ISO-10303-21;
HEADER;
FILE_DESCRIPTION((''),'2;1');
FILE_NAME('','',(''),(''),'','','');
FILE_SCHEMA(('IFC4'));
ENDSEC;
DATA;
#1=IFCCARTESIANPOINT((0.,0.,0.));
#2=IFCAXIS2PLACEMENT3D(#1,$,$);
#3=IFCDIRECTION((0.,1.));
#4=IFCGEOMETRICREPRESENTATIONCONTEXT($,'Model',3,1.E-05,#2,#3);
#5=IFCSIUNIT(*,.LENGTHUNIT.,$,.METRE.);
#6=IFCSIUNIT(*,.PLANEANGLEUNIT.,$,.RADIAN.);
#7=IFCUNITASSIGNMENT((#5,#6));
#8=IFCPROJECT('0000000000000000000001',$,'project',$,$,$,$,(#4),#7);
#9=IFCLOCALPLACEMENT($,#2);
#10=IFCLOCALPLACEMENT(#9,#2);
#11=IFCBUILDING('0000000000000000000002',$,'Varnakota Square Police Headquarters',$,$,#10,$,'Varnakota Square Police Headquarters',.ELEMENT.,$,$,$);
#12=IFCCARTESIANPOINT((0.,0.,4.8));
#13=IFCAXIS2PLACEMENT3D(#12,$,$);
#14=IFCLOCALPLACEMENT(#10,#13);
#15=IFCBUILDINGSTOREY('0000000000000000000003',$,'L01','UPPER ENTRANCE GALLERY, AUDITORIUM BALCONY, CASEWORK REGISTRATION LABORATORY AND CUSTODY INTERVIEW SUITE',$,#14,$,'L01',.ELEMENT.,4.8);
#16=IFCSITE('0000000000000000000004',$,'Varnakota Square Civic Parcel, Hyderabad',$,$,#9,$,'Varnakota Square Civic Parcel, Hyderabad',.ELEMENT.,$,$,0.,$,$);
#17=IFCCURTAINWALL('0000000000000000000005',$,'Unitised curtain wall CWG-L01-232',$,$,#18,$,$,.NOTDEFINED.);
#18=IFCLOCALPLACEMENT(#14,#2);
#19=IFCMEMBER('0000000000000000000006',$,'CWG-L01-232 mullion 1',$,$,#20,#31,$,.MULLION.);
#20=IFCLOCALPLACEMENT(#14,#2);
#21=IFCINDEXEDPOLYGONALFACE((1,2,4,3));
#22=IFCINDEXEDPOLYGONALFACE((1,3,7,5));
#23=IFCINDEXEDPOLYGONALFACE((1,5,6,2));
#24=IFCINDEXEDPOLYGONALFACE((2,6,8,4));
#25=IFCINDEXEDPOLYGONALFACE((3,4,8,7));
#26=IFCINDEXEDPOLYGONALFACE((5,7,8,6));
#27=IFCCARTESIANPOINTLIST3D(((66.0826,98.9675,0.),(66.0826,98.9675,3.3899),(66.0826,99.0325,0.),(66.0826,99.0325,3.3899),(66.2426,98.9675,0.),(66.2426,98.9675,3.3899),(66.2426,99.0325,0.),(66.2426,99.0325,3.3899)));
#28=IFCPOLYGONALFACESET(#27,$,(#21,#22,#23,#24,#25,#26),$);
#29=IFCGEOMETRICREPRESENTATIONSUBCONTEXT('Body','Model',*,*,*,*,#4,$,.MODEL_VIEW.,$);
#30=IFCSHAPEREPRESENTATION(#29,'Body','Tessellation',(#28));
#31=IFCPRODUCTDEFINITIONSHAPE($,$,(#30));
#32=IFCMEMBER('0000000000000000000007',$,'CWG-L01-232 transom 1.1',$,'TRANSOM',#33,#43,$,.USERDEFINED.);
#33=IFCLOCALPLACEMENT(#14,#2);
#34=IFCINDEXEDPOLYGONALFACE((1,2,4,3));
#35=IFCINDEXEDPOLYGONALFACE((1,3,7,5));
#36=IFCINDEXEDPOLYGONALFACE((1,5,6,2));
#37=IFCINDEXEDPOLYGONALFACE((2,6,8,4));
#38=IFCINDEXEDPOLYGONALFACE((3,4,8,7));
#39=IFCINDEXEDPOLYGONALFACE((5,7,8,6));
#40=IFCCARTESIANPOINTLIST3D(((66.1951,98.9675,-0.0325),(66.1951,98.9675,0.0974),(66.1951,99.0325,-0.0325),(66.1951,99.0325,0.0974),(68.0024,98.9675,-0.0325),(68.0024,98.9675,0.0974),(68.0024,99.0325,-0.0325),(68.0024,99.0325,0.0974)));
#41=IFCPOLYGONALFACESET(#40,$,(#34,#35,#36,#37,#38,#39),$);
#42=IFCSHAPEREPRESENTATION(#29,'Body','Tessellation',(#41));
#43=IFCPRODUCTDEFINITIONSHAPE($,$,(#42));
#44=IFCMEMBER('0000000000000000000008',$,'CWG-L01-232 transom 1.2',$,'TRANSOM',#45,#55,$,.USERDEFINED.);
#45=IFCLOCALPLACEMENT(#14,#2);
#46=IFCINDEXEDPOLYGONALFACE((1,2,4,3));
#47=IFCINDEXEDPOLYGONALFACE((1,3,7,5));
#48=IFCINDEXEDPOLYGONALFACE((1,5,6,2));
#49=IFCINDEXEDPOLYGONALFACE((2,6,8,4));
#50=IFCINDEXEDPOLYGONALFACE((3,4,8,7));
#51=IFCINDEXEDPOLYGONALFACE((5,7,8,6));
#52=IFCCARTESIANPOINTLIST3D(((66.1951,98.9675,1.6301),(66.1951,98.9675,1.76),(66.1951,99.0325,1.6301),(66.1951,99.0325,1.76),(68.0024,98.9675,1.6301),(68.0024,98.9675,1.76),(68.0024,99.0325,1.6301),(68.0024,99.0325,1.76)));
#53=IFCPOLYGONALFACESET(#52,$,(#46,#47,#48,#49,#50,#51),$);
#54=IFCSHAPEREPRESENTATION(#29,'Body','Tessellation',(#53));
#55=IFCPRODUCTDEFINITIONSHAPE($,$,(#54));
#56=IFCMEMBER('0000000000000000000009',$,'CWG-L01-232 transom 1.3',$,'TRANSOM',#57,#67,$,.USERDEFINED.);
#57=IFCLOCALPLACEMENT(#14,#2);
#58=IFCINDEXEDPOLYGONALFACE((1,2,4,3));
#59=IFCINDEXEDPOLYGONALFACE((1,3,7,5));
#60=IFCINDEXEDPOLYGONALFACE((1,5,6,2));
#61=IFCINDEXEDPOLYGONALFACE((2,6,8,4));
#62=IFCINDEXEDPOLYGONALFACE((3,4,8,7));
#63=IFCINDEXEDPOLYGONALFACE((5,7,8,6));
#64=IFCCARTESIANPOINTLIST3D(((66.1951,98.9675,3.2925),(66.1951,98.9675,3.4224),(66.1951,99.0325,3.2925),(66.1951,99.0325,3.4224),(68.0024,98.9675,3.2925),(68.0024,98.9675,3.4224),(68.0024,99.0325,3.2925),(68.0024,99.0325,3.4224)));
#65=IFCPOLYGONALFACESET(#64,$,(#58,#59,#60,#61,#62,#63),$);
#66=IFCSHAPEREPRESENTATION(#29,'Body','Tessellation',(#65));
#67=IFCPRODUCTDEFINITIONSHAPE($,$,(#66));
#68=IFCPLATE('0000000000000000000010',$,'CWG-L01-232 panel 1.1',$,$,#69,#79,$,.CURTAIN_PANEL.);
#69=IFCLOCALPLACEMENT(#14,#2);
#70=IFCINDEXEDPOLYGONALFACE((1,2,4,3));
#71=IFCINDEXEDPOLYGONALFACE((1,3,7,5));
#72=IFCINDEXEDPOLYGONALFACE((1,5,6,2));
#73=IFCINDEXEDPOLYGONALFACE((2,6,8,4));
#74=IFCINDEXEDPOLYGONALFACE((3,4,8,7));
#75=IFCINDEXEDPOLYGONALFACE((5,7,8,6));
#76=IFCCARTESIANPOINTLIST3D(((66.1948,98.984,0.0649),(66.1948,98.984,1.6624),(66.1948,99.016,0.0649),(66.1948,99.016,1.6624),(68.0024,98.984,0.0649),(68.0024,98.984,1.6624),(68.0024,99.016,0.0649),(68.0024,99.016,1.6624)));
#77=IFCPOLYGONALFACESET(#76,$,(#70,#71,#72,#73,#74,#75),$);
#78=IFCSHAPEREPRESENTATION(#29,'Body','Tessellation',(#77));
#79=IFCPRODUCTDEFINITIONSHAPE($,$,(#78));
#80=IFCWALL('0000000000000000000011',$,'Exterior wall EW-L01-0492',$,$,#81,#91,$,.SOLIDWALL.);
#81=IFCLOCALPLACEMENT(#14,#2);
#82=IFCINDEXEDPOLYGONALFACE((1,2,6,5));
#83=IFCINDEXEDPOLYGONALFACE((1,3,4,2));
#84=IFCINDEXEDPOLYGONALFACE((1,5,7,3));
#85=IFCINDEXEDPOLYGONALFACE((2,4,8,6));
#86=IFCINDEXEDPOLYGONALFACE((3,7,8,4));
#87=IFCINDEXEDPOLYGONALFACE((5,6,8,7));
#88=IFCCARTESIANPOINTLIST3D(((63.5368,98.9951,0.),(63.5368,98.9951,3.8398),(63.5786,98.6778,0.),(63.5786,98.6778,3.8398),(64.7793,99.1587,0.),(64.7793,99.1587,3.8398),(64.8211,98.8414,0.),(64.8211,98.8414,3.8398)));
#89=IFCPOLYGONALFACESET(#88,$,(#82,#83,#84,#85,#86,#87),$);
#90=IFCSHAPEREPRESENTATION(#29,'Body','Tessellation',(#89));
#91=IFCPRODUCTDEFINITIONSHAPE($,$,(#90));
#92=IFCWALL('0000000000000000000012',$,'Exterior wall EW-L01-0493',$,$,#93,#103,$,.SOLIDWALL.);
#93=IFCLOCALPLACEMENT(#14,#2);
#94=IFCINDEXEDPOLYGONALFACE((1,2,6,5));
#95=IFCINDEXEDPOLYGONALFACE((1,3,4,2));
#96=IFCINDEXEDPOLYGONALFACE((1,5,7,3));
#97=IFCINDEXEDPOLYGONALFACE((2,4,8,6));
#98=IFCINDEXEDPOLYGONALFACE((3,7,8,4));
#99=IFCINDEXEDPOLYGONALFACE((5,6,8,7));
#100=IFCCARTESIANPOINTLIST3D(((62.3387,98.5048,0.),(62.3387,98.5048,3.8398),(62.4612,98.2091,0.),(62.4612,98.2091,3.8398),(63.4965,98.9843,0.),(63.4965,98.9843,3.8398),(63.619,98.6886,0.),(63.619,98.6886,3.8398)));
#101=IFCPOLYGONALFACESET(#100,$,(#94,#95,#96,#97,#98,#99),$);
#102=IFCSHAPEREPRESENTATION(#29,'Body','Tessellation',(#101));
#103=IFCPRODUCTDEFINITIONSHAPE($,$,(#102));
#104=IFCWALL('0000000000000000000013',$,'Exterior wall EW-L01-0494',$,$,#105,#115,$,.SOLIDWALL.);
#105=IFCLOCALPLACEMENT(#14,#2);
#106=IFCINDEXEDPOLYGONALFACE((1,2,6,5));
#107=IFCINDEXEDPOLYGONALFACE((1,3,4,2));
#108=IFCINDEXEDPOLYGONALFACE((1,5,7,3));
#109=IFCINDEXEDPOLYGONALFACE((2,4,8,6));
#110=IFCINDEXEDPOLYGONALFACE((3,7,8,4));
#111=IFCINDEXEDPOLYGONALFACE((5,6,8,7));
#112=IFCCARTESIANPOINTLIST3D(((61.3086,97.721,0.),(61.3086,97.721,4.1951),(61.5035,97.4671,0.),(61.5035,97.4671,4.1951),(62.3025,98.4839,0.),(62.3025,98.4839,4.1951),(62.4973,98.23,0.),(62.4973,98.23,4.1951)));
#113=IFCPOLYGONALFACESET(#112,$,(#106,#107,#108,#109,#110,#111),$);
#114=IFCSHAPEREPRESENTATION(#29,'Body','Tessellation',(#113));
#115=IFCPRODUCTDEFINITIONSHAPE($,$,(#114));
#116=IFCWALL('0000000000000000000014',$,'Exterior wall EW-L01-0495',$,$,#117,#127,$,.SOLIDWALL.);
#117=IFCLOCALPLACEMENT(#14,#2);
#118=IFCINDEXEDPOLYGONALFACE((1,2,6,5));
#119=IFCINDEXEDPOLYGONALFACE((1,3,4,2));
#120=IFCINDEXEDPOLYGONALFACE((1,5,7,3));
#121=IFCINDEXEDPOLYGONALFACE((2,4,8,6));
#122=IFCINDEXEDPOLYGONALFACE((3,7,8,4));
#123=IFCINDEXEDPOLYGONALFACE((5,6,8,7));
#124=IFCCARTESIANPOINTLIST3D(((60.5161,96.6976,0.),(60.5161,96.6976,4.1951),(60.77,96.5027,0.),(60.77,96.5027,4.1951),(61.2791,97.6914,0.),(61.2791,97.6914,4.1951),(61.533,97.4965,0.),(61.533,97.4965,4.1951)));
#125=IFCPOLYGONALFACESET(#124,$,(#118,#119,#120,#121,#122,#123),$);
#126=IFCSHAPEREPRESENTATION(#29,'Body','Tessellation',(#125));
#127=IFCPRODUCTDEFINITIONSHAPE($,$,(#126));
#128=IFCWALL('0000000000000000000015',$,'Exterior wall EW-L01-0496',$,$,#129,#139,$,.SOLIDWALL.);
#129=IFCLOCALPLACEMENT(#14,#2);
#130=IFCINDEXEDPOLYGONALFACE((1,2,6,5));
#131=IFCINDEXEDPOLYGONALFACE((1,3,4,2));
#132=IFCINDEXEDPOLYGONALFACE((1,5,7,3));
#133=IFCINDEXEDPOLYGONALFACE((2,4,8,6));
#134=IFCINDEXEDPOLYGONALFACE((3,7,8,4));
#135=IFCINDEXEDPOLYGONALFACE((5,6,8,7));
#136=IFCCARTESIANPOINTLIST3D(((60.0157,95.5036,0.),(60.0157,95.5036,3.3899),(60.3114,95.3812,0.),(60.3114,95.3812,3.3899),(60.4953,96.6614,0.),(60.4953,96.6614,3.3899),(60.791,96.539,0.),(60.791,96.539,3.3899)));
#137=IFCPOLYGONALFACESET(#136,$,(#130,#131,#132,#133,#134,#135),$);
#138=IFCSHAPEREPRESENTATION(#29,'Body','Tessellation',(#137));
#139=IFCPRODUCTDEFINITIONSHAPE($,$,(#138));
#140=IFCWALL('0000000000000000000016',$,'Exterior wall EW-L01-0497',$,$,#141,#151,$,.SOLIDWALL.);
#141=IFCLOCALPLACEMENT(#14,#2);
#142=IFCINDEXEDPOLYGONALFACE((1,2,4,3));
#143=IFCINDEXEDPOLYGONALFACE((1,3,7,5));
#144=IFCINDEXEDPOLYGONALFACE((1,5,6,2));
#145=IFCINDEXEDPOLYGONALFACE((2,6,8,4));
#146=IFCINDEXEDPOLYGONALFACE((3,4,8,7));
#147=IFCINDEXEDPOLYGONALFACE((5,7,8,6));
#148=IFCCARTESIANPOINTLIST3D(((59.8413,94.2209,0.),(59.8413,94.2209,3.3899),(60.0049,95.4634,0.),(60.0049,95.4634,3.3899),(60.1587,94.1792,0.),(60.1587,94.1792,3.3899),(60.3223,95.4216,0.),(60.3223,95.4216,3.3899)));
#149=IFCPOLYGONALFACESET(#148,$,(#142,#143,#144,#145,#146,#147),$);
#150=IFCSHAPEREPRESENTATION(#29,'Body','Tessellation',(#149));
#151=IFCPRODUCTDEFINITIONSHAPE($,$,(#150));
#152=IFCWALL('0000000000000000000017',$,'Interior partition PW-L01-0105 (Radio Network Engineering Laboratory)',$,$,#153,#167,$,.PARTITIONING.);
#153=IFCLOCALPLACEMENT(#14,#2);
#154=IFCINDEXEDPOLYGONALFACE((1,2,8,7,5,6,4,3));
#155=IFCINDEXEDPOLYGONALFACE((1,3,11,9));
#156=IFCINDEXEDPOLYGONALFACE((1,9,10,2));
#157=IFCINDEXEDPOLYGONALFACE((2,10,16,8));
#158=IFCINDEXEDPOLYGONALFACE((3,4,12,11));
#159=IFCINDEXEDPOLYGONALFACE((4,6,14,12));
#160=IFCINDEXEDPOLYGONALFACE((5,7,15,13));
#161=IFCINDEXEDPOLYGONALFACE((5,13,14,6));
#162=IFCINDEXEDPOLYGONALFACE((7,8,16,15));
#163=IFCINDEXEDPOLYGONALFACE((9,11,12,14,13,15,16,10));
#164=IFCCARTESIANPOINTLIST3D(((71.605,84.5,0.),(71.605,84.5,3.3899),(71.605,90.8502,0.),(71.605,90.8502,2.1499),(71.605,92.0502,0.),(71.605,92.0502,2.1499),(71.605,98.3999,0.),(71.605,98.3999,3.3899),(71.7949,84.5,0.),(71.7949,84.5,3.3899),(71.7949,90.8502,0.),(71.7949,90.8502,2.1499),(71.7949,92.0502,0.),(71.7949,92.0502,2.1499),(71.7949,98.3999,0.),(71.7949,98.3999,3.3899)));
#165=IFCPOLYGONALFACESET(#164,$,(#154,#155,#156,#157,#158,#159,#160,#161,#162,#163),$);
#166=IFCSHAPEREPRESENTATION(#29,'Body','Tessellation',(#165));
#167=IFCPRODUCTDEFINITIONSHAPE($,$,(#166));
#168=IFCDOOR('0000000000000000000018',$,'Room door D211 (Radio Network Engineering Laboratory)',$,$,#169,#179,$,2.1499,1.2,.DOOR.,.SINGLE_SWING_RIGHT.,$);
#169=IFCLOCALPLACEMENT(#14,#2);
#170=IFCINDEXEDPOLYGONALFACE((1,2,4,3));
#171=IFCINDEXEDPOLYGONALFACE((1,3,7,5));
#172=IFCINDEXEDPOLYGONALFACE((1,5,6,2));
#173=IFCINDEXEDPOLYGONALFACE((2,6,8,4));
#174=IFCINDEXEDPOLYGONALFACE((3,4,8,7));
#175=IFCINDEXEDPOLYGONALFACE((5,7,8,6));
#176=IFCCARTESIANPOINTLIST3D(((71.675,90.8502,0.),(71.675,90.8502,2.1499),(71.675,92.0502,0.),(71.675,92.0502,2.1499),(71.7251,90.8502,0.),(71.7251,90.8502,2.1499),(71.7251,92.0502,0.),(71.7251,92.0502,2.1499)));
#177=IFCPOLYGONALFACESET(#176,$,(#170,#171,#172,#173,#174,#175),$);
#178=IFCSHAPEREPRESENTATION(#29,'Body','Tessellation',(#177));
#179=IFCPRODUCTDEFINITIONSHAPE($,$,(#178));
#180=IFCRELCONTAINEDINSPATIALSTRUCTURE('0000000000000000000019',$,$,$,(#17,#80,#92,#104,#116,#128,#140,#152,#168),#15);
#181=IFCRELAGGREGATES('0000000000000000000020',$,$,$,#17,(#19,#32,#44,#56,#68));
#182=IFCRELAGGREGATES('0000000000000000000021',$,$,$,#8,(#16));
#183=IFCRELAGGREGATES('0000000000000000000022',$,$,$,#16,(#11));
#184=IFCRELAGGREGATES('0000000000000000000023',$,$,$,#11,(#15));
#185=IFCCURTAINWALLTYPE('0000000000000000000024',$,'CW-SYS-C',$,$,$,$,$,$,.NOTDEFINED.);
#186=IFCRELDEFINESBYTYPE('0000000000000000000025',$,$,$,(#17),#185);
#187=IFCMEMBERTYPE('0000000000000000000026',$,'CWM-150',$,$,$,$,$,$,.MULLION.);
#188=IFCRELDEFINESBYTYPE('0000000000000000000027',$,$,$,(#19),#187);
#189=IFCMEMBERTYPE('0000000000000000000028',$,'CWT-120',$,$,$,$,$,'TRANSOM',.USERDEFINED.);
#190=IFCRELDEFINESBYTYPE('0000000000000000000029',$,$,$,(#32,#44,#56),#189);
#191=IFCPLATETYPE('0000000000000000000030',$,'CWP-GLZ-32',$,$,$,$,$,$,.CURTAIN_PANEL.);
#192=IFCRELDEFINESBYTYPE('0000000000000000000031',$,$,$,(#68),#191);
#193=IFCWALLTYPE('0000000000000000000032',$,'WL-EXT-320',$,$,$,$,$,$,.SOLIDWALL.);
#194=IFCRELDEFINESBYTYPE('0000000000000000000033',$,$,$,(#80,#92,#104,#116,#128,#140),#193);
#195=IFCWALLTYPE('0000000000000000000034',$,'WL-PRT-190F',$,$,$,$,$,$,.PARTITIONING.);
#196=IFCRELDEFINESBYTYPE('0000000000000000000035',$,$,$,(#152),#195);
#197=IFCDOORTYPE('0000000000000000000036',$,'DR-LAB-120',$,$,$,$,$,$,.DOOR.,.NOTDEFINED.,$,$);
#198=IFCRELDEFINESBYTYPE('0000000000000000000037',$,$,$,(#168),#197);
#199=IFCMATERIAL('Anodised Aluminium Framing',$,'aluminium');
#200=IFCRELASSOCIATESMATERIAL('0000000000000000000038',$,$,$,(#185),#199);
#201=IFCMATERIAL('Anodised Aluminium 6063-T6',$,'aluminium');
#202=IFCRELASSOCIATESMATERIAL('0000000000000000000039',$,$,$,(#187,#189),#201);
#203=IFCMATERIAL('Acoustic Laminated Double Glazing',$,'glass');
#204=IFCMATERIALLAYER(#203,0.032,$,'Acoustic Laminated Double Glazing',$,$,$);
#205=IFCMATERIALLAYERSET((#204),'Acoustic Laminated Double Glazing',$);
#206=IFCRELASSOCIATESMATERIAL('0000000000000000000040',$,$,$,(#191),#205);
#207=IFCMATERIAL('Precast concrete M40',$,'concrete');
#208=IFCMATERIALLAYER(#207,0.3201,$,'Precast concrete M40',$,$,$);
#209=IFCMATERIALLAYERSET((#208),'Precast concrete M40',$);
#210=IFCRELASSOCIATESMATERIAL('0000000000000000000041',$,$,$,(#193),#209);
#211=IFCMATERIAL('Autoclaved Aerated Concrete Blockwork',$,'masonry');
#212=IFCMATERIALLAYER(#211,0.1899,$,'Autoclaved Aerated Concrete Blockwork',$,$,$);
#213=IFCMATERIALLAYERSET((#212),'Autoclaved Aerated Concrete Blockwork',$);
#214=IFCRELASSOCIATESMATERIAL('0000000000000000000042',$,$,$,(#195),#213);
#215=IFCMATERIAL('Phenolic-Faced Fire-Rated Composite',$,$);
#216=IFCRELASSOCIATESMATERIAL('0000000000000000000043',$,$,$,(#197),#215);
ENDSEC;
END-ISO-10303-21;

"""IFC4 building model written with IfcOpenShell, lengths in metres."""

from ifc_helpers import new_model, si_unit, direction, frame, frame_2d, origin, origin_2d, place, context, subcontext, project, spatial, rectangle, extrude, material, layer, layer_set, material_profile, profile_set, type_object, element, fill, aggregate, save


model = new_model("IFC4")

# Units and contexts
model_context = context("Model", 3, precision=1e-05, world=origin(), true_north=direction((0.0, 1.0)))
body_context = subcontext(model_context, "Body", "Model", "MODEL_VIEW")
ifc_project = project(units=[si_unit("LENGTHUNIT", "METRE"), si_unit("PLANEANGLEUNIT", "RADIAN")], contexts=[model_context])

# Site, building, storey
site_placement = place(None, origin())
site = spatial("IfcSite", under=ifc_project, at=site_placement, Name="Varnakota Square Civic Parcel, Hyderabad", LongName="Varnakota Square Civic Parcel, Hyderabad", CompositionType="ELEMENT", RefElevation=0.0)
building_placement = place(site_placement, origin())
building = spatial("IfcBuilding", under=site, at=building_placement, Name="Varnakota Square Police Headquarters", LongName="Varnakota Square Police Headquarters", CompositionType="ELEMENT")
storey_placement = place(building_placement, frame((0.0, 0.0, 4.8)))
storey = spatial("IfcBuildingStorey", under=building, at=storey_placement, Name="L01", Description="UPPER ENTRANCE GALLERY, AUDITORIUM BALCONY, CASEWORK REGISTRATION LABORATORY AND CUSTODY INTERVIEW SUITE", LongName="L01", CompositionType="ELEMENT", Elevation=4.8)

# Curtain wall, members, plate
ifc_material_1 = material(Name="Anodised Aluminium Framing", Category="aluminium")
curtain_wall_type = type_object("IfcCurtainWallType", Name="CW-SYS-C", PredefinedType="NOTDEFINED", material=ifc_material_1)
curtain_wall_placement = place(storey_placement, origin())
curtain_wall = element("IfcCurtainWall", 1, at=curtain_wall_placement, inside=storey, type_object=curtain_wall_type, Name="Unitised curtain wall CWG-L01-232", PredefinedType="NOTDEFINED")
ifc_material_2 = material(Name="Anodised Aluminium 6063-T6", Category="aluminium")
ifc_material_profile_1 = material_profile(ifc_material_2, rectangle(XDim=0.0649, YDim=0.1599, at=origin_2d()), Name="ALU MULLION 65x160")
ifc_profile_set_1 = profile_set([ifc_material_profile_1], Name="Anodised Aluminium 6063-T6")
member_type_1 = type_object("IfcMemberType", Name="CWM-150", PredefinedType="MULLION", material=ifc_profile_set_1)
member_1_placement = place(storey_placement, frame((66.1626, 99.0, 0.0), z_axis=(0.0, 0.0, 1.0), x_axis=(0.0, 1.0, 0.0)))
member_1 = element("IfcMember", 2, at=member_1_placement, type_object=member_type_1, Name="CWG-L01-232 mullion 1", PredefinedType="MULLION", context=body_context, shape_type="SweptSolid", body=[
    extrude(rectangle(XDim=0.0649, YDim=0.1599, at=origin_2d()), origin(), (0.0, 0.0, 1.0), 3.3899),
])
ifc_material_profile_2 = material_profile(ifc_material_2, rectangle(XDim=0.0649, YDim=0.1299, at=origin_2d()), Name="ALU TRANSOM 65x130")
ifc_profile_set_2 = profile_set([ifc_material_profile_2], Name="Anodised Aluminium 6063-T6")
member_type_2 = type_object("IfcMemberType", Name="CWT-120", ElementType="TRANSOM", PredefinedType="USERDEFINED", material=ifc_profile_set_2)
member_2_placement = place(storey_placement, frame((66.1951, 99.0, 0.0325), z_axis=(1.0, 0.0, 0.0), x_axis=(0.0, 1.0, 0.0)))
member_2 = element("IfcMember", 3, at=member_2_placement, type_object=member_type_2, Name="CWG-L01-232 transom 1.1", ObjectType="TRANSOM", PredefinedType="USERDEFINED", context=body_context, shape_type="SweptSolid", body=[
    extrude(rectangle(XDim=0.0649, YDim=0.1299, at=origin_2d()), origin(), (0.0, 0.0, 1.0), 1.8074),
])
member_3_placement = place(storey_placement, frame((66.1951, 99.0, 1.6951), z_axis=(1.0, 0.0, 0.0), x_axis=(0.0, 1.0, 0.0)))
member_3 = element("IfcMember", 4, at=member_3_placement, type_object=member_type_2, Name="CWG-L01-232 transom 1.2", ObjectType="TRANSOM", PredefinedType="USERDEFINED", context=body_context, shape_type="SweptSolid", body=[
    extrude(rectangle(XDim=0.0649, YDim=0.1299, at=origin_2d()), origin(), (0.0, 0.0, 1.0), 1.8074),
])
member_4_placement = place(storey_placement, frame((66.1951, 99.0, 3.3574), z_axis=(1.0, 0.0, 0.0), x_axis=(0.0, 1.0, 0.0)))
member_4 = element("IfcMember", 5, at=member_4_placement, type_object=member_type_2, Name="CWG-L01-232 transom 1.3", ObjectType="TRANSOM", PredefinedType="USERDEFINED", context=body_context, shape_type="SweptSolid", body=[
    extrude(rectangle(XDim=0.0649, YDim=0.1299, at=origin_2d()), origin(), (0.0, 0.0, 1.0), 1.8074),
])
ifc_material_3 = material(Name="Acoustic Laminated Double Glazing", Category="glass")
ifc_layer_1 = layer(ifc_material_3, 0.032, Name="Acoustic Laminated Double Glazing")
ifc_layer_set_1 = layer_set([ifc_layer_1], Name="Acoustic Laminated Double Glazing")
plate_type = type_object("IfcPlateType", Name="CWP-GLZ-32", PredefinedType="CURTAIN_PANEL", material=ifc_layer_set_1)
plate_placement = place(storey_placement, frame((67.0986, 99.0, 0.0649), z_axis=(0.0, 0.0, 1.0), x_axis=(1.0, 0.0, 0.0)))
plate = element("IfcPlate", 6, at=plate_placement, type_object=plate_type, Name="CWG-L01-232 panel 1.1", PredefinedType="CURTAIN_PANEL", context=body_context, shape_type="SweptSolid", body=[
    extrude(rectangle(XDim=1.8076, YDim=0.032, at=origin_2d()), origin(), (0.0, 0.0, 1.0), 1.5974),
])
aggregate(curtain_wall, [member_1, member_2, member_3, member_4, plate])

# Walls
ifc_material_4 = material(Name="Precast concrete M40", Category="concrete")
ifc_layer_2 = layer(ifc_material_4, 0.3201, Name="Precast concrete M40")
ifc_layer_set_2 = layer_set([ifc_layer_2], Name="Precast concrete M40")
wall_type_1 = type_object("IfcWallType", Name="WL-EXT-320", PredefinedType="SOLIDWALL", material=ifc_layer_set_2)
for number, where, z_axis, x_axis, name in (
    (7, (64.8, 99.0, 0.0), (0.0, 0.0, 1.0), (-0.991444, -0.13053, 0.0), "Exterior wall EW-L01-0492"),
    (8, (63.5576, 98.8364, 0.0), (0.0, 0.0, 1.0), (-0.923893, -0.38265, 0.0), "Exterior wall EW-L01-0493"),
):
    element("IfcWall", number, at=place(storey_placement, frame(where, z_axis=z_axis, x_axis=x_axis)), inside=storey, type_object=wall_type_1, Name=name, PredefinedType="SOLIDWALL", context=body_context, shape_type="SweptSolid", body=[
        extrude(rectangle(XDim=1.2532, YDim=0.3201, at=frame_2d((0.6265, 0.0))), origin(), (0.0, 0.0, 1.0), 3.8398),
    ])
for number, where, z_axis, x_axis, name in (
    (9, (62.3999, 98.3569, 0.0), (0.0, 0.0, 1.0), (-0.793239, -0.60891, 0.0), "Exterior wall EW-L01-0494"),
    (10, (61.406, 97.594, 0.0), (0.0, 0.0, 1.0), (-0.60891, -0.793239, 0.0), "Exterior wall EW-L01-0495"),
):
    element("IfcWall", number, at=place(storey_placement, frame(where, z_axis=z_axis, x_axis=x_axis)), inside=storey, type_object=wall_type_1, Name=name, PredefinedType="SOLIDWALL", context=body_context, shape_type="SweptSolid", body=[
        extrude(rectangle(XDim=1.2529, YDim=0.3201, at=frame_2d((0.6265, 0.0))), origin(), (0.0, 0.0, 1.0), 4.1951),
    ])
for number, where, z_axis, x_axis, name in (
    (11, (60.6431, 96.6001, 0.0), (0.0, 0.0, 1.0), (-0.38265, -0.923893, 0.0), "Exterior wall EW-L01-0496"),
    (12, (60.1636, 95.4424, 0.0), (0.0, 0.0, 1.0), (-0.13053, -0.991444, 0.0), "Exterior wall EW-L01-0497"),
):
    element("IfcWall", number, at=place(storey_placement, frame(where, z_axis=z_axis, x_axis=x_axis)), inside=storey, type_object=wall_type_1, Name=name, PredefinedType="SOLIDWALL", context=body_context, shape_type="SweptSolid", body=[
        extrude(rectangle(XDim=1.2532, YDim=0.3201, at=frame_2d((0.6265, 0.0))), origin(), (0.0, 0.0, 1.0), 3.3899),
    ])

# Wall, opening, door
ifc_material_5 = material(Name="Autoclaved Aerated Concrete Blockwork", Category="masonry")
ifc_layer_3 = layer(ifc_material_5, 0.1899, Name="Autoclaved Aerated Concrete Blockwork")
ifc_layer_set_3 = layer_set([ifc_layer_3], Name="Autoclaved Aerated Concrete Blockwork")
wall_type_2 = type_object("IfcWallType", Name="WL-PRT-190F", PredefinedType="PARTITIONING", material=ifc_layer_set_3)
wall_placement = place(storey_placement, frame((71.7, 84.5, 0.0), z_axis=(0.0, 0.0, 1.0), x_axis=(0.0, 1.0, 0.0)))
wall = element("IfcWall", 13, at=wall_placement, inside=storey, type_object=wall_type_2, Name="Interior partition PW-L01-0105 (Radio Network Engineering Laboratory)", PredefinedType="PARTITIONING", context=body_context, shape_type="SweptSolid", body=[
    extrude(rectangle(XDim=13.8999, YDim=0.1899, at=frame_2d((6.95, 0.0))), origin(), (0.0, 0.0, 1.0), 3.3899),
])
opening_placement = place(wall_placement, frame((6.3501, 0.0, 0.0)))
opening = element("IfcOpeningElement", 14, at=opening_placement, cuts=wall, PredefinedType="OPENING", context=body_context, shape_type="SweptSolid", body=[
    extrude(rectangle(XDim=1.2, YDim=2.1499, at=frame_2d((0.6001, 1.075))), frame((0.0, 0.105, 0.0), z_axis=(0.0, -1.0, 0.0), x_axis=(1.0, 0.0, 0.0)), (0.0, 0.0, 1.0), 0.21),
])
ifc_material_6 = material(Name="Phenolic-Faced Fire-Rated Composite")
door_type = type_object("IfcDoorType", Name="DR-LAB-120", OperationType="NOTDEFINED", PredefinedType="DOOR", material=ifc_material_6)
door_placement = place(opening_placement, origin())
door = element("IfcDoor", 15, at=door_placement, inside=storey, type_object=door_type, Name="Room door D211 (Radio Network Engineering Laboratory)", OperationType="SINGLE_SWING_RIGHT", OverallHeight=2.1499, OverallWidth=1.2, PredefinedType="DOOR", context=body_context, shape_type="SweptSolid", body=[
    extrude(rectangle(XDim=1.2, YDim=2.1499, at=frame_2d((0.6001, 1.075))), frame((0.0, 0.0249, 0.0), z_axis=(0.0, -1.0, 0.0), x_axis=(1.0, 0.0, 0.0)), (0.0, 0.0, 1.0), 0.05),
])
fill(opening, door)

save(model, "model.ifc")
